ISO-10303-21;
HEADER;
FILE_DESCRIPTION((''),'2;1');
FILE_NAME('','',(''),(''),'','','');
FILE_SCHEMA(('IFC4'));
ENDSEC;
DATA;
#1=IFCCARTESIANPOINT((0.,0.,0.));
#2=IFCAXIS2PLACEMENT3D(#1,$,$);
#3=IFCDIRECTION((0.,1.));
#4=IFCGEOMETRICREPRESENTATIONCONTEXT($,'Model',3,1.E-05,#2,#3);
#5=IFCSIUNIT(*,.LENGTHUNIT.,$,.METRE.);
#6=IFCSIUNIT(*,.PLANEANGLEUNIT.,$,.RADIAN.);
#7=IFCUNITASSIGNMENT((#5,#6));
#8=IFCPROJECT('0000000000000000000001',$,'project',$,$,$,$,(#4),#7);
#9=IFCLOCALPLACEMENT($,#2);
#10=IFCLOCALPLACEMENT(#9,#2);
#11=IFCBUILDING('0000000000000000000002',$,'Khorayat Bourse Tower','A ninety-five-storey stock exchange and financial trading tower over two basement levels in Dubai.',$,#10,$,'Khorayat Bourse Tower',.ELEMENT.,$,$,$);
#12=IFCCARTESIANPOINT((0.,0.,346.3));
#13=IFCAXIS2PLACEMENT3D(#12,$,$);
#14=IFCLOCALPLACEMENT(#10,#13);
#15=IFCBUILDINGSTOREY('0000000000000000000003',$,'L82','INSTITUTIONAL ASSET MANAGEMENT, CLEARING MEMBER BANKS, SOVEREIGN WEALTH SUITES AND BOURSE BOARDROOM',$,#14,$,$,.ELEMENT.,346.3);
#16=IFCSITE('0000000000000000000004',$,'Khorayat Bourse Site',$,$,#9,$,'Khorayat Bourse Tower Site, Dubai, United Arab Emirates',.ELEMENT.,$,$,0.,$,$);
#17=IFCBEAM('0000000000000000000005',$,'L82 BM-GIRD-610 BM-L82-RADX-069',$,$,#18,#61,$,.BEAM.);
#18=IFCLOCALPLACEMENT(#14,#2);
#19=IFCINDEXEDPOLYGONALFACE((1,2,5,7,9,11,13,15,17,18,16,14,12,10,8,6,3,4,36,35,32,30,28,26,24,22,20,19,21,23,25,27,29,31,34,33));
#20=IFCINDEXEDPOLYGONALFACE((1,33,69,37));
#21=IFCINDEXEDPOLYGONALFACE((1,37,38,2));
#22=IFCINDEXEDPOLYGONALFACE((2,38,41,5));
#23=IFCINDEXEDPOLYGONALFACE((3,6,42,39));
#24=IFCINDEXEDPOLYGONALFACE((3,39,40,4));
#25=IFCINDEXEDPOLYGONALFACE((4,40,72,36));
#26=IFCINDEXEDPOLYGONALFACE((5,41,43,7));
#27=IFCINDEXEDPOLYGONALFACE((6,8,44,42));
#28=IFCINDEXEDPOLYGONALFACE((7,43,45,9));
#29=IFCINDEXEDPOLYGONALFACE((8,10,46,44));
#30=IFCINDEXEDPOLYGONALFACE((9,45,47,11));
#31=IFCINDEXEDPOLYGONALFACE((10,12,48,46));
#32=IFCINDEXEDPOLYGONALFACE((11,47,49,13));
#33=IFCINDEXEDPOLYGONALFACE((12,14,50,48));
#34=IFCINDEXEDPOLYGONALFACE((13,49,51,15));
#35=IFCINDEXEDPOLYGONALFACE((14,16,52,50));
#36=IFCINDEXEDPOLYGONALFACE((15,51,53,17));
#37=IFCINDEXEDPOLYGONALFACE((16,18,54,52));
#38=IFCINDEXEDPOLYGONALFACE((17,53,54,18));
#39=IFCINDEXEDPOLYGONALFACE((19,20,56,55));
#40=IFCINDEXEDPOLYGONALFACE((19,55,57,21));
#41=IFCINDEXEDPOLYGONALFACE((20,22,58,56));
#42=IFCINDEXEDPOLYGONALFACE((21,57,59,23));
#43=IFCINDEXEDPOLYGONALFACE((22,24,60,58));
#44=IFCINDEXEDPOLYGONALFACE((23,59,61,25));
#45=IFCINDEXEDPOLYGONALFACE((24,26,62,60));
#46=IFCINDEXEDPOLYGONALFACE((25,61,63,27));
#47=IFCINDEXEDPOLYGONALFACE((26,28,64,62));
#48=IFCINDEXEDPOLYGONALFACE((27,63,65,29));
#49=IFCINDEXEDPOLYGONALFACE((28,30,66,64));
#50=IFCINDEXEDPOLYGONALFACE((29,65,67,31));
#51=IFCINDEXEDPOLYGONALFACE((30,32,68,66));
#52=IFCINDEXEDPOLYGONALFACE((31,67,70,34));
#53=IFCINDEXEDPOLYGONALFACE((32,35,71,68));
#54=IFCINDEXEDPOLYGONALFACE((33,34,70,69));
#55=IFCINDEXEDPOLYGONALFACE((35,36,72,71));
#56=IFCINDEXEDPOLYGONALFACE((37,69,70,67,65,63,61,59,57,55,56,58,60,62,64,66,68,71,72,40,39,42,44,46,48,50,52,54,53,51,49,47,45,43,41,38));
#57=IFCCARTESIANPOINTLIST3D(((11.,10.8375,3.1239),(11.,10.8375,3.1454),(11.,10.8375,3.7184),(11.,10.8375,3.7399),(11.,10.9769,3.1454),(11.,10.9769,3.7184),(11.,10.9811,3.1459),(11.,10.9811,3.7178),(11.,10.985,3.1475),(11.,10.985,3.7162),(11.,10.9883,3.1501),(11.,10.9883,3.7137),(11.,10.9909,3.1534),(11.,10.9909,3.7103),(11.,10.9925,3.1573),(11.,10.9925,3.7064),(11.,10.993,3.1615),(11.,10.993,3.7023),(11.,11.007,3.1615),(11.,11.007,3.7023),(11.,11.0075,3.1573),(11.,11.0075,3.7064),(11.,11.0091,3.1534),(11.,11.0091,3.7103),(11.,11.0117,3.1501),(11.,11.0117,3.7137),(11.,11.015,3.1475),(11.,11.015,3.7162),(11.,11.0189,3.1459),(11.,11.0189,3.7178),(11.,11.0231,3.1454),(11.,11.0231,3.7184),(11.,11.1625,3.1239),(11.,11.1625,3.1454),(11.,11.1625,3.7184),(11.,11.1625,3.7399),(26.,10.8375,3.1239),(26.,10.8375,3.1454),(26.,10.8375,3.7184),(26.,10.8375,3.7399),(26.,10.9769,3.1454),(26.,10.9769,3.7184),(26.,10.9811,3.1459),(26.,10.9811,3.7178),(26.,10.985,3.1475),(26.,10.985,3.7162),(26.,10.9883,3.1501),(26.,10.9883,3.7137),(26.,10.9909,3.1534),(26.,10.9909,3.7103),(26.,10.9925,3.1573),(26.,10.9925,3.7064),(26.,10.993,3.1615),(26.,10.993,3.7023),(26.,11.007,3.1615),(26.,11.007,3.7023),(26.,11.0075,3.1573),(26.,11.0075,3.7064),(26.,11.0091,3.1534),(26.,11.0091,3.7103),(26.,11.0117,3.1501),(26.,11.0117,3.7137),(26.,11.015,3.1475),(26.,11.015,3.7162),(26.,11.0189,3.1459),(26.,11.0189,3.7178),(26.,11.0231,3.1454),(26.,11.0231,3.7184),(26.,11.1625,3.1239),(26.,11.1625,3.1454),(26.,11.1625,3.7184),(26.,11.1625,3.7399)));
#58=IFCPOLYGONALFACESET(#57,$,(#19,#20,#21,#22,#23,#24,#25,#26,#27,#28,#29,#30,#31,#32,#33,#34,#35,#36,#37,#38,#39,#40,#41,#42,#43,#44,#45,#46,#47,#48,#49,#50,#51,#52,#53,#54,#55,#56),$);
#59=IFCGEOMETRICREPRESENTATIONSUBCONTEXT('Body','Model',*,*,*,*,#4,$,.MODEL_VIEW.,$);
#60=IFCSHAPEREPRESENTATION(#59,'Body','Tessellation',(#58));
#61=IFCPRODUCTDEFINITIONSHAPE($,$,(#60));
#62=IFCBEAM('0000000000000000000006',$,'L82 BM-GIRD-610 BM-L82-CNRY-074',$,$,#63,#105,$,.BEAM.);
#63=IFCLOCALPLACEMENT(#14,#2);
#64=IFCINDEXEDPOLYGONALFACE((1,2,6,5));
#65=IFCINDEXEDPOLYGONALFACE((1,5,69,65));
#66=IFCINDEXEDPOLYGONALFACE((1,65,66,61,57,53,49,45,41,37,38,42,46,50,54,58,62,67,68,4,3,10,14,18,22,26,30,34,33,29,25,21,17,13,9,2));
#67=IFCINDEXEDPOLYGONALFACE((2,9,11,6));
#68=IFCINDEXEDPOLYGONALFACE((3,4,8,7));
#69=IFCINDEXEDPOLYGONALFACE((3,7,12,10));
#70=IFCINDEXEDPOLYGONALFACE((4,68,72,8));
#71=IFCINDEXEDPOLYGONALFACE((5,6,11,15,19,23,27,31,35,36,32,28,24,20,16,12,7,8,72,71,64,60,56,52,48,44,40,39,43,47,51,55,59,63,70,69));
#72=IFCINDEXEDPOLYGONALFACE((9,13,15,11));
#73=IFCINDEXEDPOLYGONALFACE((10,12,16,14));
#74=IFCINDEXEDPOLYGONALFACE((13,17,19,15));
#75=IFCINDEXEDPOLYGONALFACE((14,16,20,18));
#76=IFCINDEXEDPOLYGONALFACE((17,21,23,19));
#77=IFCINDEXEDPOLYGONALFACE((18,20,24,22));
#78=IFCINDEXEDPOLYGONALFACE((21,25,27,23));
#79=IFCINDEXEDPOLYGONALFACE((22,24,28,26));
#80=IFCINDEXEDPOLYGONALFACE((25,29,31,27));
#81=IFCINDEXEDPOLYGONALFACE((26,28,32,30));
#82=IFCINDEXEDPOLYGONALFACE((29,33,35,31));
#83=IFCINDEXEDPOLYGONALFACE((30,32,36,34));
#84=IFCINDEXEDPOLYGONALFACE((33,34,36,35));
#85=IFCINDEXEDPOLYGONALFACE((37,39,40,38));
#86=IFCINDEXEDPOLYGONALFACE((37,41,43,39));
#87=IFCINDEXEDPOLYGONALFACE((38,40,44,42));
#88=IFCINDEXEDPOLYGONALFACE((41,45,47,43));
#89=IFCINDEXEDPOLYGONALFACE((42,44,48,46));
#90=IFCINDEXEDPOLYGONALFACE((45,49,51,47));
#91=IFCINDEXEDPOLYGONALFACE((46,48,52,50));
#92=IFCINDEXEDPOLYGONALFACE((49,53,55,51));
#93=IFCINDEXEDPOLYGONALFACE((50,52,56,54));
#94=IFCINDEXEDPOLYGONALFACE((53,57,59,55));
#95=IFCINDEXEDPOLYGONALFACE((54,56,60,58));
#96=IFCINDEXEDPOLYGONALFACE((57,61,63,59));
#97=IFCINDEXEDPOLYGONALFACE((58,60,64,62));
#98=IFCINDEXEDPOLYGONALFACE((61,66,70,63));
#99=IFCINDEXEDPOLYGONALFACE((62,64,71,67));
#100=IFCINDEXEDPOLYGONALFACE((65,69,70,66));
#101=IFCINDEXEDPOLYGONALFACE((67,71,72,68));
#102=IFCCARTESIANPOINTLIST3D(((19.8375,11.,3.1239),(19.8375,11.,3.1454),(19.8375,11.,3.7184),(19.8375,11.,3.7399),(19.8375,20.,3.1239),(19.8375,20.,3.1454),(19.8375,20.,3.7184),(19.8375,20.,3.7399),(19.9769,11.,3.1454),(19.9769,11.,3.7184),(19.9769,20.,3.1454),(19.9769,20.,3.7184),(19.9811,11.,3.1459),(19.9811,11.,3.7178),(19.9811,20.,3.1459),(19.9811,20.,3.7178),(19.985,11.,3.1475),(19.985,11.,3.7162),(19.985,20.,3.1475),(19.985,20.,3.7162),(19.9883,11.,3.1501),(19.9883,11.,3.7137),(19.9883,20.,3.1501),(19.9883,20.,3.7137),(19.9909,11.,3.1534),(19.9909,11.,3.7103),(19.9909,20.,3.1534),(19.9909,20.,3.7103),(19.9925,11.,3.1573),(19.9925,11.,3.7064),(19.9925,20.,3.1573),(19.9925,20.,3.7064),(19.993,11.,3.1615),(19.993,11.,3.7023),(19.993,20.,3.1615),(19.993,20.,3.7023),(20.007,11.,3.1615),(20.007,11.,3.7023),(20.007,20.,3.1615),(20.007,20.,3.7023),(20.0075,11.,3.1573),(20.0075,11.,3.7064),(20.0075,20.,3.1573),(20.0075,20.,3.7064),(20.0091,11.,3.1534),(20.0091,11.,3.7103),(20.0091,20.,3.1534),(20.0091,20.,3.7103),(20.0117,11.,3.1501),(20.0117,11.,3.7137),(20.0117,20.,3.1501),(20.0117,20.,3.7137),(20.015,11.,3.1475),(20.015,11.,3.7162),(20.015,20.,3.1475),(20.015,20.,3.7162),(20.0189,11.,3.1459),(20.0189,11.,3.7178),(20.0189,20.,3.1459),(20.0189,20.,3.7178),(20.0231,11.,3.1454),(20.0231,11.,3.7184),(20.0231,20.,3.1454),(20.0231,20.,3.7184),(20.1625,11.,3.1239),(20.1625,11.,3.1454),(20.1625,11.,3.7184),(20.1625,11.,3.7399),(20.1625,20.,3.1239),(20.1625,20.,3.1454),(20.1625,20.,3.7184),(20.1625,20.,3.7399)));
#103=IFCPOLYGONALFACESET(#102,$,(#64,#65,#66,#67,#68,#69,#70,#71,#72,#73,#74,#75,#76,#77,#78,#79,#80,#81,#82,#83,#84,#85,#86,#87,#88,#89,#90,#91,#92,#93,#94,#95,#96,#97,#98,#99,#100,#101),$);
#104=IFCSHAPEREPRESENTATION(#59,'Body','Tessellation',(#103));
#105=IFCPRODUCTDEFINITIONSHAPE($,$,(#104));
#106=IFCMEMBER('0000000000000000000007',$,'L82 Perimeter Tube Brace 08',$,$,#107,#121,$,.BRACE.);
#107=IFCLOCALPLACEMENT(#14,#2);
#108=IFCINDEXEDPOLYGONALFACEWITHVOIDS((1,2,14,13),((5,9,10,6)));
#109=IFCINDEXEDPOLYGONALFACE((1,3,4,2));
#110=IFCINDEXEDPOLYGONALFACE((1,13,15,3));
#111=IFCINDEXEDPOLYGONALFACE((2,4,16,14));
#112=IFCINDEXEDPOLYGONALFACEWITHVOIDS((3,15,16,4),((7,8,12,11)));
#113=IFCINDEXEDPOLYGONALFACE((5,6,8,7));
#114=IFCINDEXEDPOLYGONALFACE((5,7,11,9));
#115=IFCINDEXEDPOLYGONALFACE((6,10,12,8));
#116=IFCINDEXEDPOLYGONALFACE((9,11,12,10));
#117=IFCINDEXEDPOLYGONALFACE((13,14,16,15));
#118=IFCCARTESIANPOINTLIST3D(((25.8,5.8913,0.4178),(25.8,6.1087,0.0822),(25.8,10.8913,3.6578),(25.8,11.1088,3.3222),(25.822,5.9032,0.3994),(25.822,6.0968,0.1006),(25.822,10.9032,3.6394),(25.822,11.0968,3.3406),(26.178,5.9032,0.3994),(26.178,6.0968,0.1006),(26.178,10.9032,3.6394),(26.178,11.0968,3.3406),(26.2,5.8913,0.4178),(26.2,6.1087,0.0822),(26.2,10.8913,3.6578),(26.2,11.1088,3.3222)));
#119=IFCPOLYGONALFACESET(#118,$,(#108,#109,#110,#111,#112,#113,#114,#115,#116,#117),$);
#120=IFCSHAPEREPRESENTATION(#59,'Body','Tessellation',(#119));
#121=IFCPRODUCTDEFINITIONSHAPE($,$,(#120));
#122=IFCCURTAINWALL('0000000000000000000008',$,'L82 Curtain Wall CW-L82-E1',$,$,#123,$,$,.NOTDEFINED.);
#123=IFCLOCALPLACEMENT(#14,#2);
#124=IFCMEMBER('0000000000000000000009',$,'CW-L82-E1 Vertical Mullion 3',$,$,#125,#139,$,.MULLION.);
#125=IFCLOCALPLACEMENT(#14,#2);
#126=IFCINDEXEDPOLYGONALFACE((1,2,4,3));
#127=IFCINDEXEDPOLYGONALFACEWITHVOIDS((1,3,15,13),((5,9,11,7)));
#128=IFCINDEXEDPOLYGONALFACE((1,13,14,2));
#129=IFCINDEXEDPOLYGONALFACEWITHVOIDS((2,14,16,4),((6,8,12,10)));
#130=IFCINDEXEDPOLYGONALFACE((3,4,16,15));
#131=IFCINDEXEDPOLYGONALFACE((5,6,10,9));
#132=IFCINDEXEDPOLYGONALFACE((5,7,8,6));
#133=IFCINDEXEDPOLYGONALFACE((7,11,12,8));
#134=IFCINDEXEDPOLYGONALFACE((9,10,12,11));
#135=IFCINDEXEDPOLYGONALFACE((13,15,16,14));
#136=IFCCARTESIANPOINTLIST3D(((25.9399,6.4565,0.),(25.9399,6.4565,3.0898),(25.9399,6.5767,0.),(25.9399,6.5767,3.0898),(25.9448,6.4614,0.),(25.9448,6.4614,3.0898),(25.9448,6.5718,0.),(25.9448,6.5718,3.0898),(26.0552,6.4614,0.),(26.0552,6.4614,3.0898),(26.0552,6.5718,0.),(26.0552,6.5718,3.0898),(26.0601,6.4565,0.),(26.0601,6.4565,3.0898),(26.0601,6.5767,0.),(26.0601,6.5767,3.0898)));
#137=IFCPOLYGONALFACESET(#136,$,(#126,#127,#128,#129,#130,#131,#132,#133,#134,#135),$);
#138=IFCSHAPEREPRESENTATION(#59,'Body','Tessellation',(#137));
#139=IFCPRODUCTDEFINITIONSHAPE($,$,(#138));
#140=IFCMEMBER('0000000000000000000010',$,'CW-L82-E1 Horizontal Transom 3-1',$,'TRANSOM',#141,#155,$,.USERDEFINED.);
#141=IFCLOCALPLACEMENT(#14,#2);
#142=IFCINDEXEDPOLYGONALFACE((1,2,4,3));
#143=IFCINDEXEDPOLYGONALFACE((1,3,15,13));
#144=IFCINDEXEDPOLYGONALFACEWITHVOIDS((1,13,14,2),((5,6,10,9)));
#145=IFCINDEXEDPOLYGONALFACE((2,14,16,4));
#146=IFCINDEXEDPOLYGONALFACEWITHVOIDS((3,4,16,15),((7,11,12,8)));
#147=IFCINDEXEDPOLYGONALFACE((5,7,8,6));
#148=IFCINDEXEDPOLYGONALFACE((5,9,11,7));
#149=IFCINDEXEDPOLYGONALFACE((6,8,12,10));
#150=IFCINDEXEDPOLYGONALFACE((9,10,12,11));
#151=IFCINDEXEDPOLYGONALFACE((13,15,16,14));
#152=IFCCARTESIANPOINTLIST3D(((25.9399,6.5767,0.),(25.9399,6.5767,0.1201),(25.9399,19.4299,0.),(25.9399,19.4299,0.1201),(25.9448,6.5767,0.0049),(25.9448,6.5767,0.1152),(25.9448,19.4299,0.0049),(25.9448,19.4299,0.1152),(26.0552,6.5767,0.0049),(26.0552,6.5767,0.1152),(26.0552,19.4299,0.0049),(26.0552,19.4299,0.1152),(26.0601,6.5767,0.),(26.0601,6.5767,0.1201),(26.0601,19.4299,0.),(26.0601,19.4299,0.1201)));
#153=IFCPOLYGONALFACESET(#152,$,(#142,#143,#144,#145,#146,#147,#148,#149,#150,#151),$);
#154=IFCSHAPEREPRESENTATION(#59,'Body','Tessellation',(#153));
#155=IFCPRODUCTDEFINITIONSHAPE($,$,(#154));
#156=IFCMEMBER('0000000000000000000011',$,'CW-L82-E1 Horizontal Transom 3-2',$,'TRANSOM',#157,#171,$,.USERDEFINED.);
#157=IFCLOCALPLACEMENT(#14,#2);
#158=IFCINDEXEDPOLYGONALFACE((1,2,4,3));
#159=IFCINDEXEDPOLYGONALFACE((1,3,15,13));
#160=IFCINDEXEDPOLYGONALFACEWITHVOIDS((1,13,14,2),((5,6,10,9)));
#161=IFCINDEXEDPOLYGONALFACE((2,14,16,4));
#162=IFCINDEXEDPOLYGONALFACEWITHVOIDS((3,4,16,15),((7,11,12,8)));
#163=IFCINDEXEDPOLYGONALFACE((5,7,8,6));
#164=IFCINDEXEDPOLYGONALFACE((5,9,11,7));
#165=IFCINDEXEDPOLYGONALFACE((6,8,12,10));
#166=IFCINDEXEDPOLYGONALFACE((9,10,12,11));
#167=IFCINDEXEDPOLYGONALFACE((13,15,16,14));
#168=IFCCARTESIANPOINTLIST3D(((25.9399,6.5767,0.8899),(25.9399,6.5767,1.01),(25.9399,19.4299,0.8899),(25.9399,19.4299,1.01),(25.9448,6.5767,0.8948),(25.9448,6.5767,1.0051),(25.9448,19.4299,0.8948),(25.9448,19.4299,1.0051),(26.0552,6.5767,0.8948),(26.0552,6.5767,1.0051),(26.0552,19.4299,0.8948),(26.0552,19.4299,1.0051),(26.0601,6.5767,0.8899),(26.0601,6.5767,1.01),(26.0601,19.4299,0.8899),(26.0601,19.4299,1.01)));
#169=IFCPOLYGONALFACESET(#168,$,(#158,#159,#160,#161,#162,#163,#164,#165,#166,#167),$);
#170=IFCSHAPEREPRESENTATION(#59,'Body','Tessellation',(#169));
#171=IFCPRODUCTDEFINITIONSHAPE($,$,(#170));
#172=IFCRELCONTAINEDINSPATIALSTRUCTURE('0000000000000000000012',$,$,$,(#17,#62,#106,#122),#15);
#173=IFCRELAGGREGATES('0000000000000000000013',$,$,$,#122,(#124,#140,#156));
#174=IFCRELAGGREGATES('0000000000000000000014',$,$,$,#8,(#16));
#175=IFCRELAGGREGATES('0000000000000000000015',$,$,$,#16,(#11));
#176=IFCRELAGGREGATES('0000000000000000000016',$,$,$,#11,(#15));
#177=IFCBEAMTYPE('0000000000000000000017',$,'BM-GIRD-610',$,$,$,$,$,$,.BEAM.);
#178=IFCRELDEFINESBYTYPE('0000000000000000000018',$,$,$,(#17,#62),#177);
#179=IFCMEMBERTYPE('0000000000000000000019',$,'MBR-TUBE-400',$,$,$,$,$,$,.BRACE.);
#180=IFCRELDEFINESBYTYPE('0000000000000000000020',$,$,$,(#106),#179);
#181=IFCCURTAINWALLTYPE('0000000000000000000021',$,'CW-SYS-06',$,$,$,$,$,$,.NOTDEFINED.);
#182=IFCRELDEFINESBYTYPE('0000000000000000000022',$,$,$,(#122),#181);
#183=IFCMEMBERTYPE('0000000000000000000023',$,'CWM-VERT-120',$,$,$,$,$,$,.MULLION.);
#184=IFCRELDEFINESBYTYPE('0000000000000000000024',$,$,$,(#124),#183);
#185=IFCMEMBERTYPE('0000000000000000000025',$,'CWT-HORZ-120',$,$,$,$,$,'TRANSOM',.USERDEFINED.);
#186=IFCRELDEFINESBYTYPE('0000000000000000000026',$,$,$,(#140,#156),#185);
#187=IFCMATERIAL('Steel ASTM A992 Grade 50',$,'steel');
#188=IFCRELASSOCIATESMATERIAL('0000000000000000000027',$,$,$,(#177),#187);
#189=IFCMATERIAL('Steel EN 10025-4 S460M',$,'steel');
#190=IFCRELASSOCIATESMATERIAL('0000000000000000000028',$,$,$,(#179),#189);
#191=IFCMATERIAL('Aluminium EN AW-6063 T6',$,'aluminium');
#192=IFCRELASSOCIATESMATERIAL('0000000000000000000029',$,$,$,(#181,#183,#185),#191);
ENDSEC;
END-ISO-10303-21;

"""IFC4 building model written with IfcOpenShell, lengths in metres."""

from ifc_helpers import new_model, si_unit, direction, frame, origin, origin_2d, place, context, subcontext, project, spatial, hollow_rectangle, i_section, extrude, source, transform, mapped, material, material_profile, profile_set, type_object, element, aggregate, save


model = new_model("IFC4")

# Units and contexts
model_context = context("Model", 3, precision=1e-05, world=origin(), true_north=direction((0.0, 1.0)))
body_context = subcontext(model_context, "Body", "Model", "MODEL_VIEW")
ifc_project = project(units=[si_unit("LENGTHUNIT", "METRE"), si_unit("PLANEANGLEUNIT", "RADIAN")], contexts=[model_context])

# Site, building, storey
site_placement = place(None, origin())
site = spatial("IfcSite", under=ifc_project, at=site_placement, Name="Khorayat Bourse Site", LongName="Khorayat Bourse Tower Site, Dubai, United Arab Emirates", CompositionType="ELEMENT", RefElevation=0.0)
building_placement = place(site_placement, origin())
building = spatial("IfcBuilding", under=site, at=building_placement, Name="Khorayat Bourse Tower", Description="A ninety-five-storey stock exchange and financial trading tower over two basement levels in Dubai.", LongName="Khorayat Bourse Tower", CompositionType="ELEMENT")
storey_placement = place(building_placement, frame((0.0, 0.0, 346.3)))
storey = spatial("IfcBuildingStorey", under=building, at=storey_placement, Name="L82", Description="INSTITUTIONAL ASSET MANAGEMENT, CLEARING MEMBER BANKS, SOVEREIGN WEALTH SUITES AND BOURSE BOARDROOM", CompositionType="ELEMENT", Elevation=346.3)

# Beams
ifc_material_1 = material(Name="Steel ASTM A992 Grade 50", Category="steel")
ifc_material_profile_1 = material_profile(ifc_material_1, i_section(OverallWidth=0.325, OverallDepth=0.616, WebThickness=0.0139, FlangeThickness=0.0215, FilletRadius=0.0161, at=origin_2d()), Name="W610X174")
ifc_profile_set_1 = profile_set([ifc_material_profile_1], Name="Steel ASTM A992 Grade 50")
beam_type_1 = type_object("IfcBeamType", Name="BM-GIRD-610", PredefinedType="BEAM", material=ifc_profile_set_1)
shared_shape_1 = source(origin(), body_context, "Body", "SweptSolid", [
    extrude(i_section(OverallWidth=0.325, OverallDepth=0.616, WebThickness=0.0139, FlangeThickness=0.0215, FilletRadius=0.0161, at=origin_2d()), origin(), (0.0, 0.0, 1.0), 15.0),
])
for number, where, z_axis, x_axis, name in (
    (1, (11.0, 11.0, 3.4319), (1.0, 0.0, 0.0), (0.0, 1.0, 0.0), "L82 BM-GIRD-610 BM-L82-RADX-069"),
):
    element("IfcBeam", number, at=place(storey_placement, frame(where, z_axis=z_axis, x_axis=x_axis)), inside=storey, type_object=beam_type_1, Name=name, PredefinedType="BEAM", context=body_context, shape_type="MappedRepresentation", body=[
        mapped(shared_shape_1, transform((0.0, 0.0, 0.0), scale=1.0)),
    ])
shared_shape_2 = source(origin(), body_context, "Body", "SweptSolid", [
    extrude(i_section(OverallWidth=0.325, OverallDepth=0.616, WebThickness=0.0139, FlangeThickness=0.0215, FilletRadius=0.0161, at=origin_2d()), origin(), (0.0, 0.0, 1.0), 9.0),
])
beam_1_placement = place(storey_placement, frame((20.0, 11.0, 3.4319), z_axis=(0.0, 1.0, 0.0), x_axis=(-1.0, 0.0, 0.0)))
element("IfcBeam", 2, at=beam_1_placement, inside=storey, type_object=beam_type_1, Name="L82 BM-GIRD-610 BM-L82-CNRY-074", PredefinedType="BEAM", context=body_context, shape_type="MappedRepresentation", body=[
    mapped(shared_shape_2, transform((0.0, 0.0, 0.0), scale=1.0)),
])

# Member
ifc_material_2 = material(Name="Steel EN 10025-4 S460M", Category="steel")
ifc_material_profile_2 = material_profile(ifc_material_2, hollow_rectangle(XDim=0.3999, YDim=0.3999, WallThickness=0.022, at=origin_2d()), Name="HSS 400x400x22")
ifc_profile_set_2 = profile_set([ifc_material_profile_2], Name="Steel EN 10025-4 S460M")
member_type_1 = type_object("IfcMemberType", Name="MBR-TUBE-400", PredefinedType="BRACE", material=ifc_profile_set_2)
shared_shape_3 = source(origin(), body_context, "Body", "SweptSolid", [
    extrude(hollow_rectangle(XDim=0.3999, YDim=0.3999, WallThickness=0.022, at=origin_2d()), origin(), (0.0, 0.0, 1.0), 5.958),
])
member_1_placement = place(storey_placement, frame((26.0, 6.0, 0.25), z_axis=(0.0, 0.83921, 0.543807), x_axis=(-1.0, 0.0, 0.0)))
element("IfcMember", 3, at=member_1_placement, inside=storey, type_object=member_type_1, Name="L82 Perimeter Tube Brace 08", PredefinedType="BRACE", context=body_context, shape_type="MappedRepresentation", body=[
    mapped(shared_shape_3, transform((0.0, 0.0, 0.0), scale=1.0)),
])

# Curtain wall, members
ifc_material_3 = material(Name="Aluminium EN AW-6063 T6", Category="aluminium")
curtain_wall_type = type_object("IfcCurtainWallType", Name="CW-SYS-06", PredefinedType="NOTDEFINED", material=ifc_material_3)
curtain_wall_placement = place(storey_placement, origin())
curtain_wall = element("IfcCurtainWall", 4, at=curtain_wall_placement, inside=storey, type_object=curtain_wall_type, Name="L82 Curtain Wall CW-L82-E1", PredefinedType="NOTDEFINED")
ifc_material_profile_3 = material_profile(ifc_material_3, hollow_rectangle(XDim=0.1201, YDim=0.1201, WallThickness=0.0049, at=origin_2d()), Name="ALU 120x120x5")
ifc_profile_set_3 = profile_set([ifc_material_profile_3], Name="Aluminium EN AW-6063 T6")
member_type_2 = type_object("IfcMemberType", Name="CWM-VERT-120", PredefinedType="MULLION", material=ifc_profile_set_3)
shared_shape_4 = source(origin(), body_context, "Body", "SweptSolid", [
    extrude(hollow_rectangle(XDim=0.1201, YDim=0.1201, WallThickness=0.0049, at=origin_2d()), origin(), (0.0, 0.0, 1.0), 3.0898),
])
member_2_placement = place(storey_placement, frame((26.0, 6.5166, 0.0), z_axis=(0.0, 0.0, 1.0), x_axis=(-1.0, 0.0, 0.0)))
member_2 = element("IfcMember", 5, at=member_2_placement, type_object=member_type_2, Name="CW-L82-E1 Vertical Mullion 3", PredefinedType="MULLION", context=body_context, shape_type="MappedRepresentation", body=[
    mapped(shared_shape_4, transform((0.0, 0.0, 0.0), scale=1.0)),
])
ifc_material_profile_4 = material_profile(ifc_material_3, hollow_rectangle(XDim=0.1201, YDim=0.1201, WallThickness=0.0049, at=origin_2d()), Name="ALU 120x120x5")
ifc_profile_set_4 = profile_set([ifc_material_profile_4], Name="Aluminium EN AW-6063 T6")
member_type_3 = type_object("IfcMemberType", Name="CWT-HORZ-120", ElementType="TRANSOM", PredefinedType="USERDEFINED", material=ifc_profile_set_4)
shared_shape_5 = source(origin(), body_context, "Body", "SweptSolid", [
    extrude(hollow_rectangle(XDim=0.1201, YDim=0.1201, WallThickness=0.0049, at=origin_2d()), origin(), (0.0, 0.0, 1.0), 12.8533),
])
member_3_placement = place(storey_placement, frame((26.0, 6.5767, 0.0601), z_axis=(0.0, 1.0, 0.0), x_axis=(-1.0, 0.0, 0.0)))
member_3 = element("IfcMember", 6, at=member_3_placement, type_object=member_type_3, Name="CW-L82-E1 Horizontal Transom 3-1", ObjectType="TRANSOM", PredefinedType="USERDEFINED", context=body_context, shape_type="MappedRepresentation", body=[
    mapped(shared_shape_5, transform((0.0, 0.0, 0.0), scale=1.0)),
])
member_4_placement = place(storey_placement, frame((26.0, 6.5767, 0.95), z_axis=(0.0, 1.0, 0.0), x_axis=(-1.0, 0.0, 0.0)))
member_4 = element("IfcMember", 7, at=member_4_placement, type_object=member_type_3, Name="CW-L82-E1 Horizontal Transom 3-2", ObjectType="TRANSOM", PredefinedType="USERDEFINED", context=body_context, shape_type="MappedRepresentation", body=[
    mapped(shared_shape_5, transform((0.0, 0.0, 0.0), scale=1.0)),
])

aggregate(curtain_wall, [member_2, member_3, member_4])

save(model, "model.ifc")
